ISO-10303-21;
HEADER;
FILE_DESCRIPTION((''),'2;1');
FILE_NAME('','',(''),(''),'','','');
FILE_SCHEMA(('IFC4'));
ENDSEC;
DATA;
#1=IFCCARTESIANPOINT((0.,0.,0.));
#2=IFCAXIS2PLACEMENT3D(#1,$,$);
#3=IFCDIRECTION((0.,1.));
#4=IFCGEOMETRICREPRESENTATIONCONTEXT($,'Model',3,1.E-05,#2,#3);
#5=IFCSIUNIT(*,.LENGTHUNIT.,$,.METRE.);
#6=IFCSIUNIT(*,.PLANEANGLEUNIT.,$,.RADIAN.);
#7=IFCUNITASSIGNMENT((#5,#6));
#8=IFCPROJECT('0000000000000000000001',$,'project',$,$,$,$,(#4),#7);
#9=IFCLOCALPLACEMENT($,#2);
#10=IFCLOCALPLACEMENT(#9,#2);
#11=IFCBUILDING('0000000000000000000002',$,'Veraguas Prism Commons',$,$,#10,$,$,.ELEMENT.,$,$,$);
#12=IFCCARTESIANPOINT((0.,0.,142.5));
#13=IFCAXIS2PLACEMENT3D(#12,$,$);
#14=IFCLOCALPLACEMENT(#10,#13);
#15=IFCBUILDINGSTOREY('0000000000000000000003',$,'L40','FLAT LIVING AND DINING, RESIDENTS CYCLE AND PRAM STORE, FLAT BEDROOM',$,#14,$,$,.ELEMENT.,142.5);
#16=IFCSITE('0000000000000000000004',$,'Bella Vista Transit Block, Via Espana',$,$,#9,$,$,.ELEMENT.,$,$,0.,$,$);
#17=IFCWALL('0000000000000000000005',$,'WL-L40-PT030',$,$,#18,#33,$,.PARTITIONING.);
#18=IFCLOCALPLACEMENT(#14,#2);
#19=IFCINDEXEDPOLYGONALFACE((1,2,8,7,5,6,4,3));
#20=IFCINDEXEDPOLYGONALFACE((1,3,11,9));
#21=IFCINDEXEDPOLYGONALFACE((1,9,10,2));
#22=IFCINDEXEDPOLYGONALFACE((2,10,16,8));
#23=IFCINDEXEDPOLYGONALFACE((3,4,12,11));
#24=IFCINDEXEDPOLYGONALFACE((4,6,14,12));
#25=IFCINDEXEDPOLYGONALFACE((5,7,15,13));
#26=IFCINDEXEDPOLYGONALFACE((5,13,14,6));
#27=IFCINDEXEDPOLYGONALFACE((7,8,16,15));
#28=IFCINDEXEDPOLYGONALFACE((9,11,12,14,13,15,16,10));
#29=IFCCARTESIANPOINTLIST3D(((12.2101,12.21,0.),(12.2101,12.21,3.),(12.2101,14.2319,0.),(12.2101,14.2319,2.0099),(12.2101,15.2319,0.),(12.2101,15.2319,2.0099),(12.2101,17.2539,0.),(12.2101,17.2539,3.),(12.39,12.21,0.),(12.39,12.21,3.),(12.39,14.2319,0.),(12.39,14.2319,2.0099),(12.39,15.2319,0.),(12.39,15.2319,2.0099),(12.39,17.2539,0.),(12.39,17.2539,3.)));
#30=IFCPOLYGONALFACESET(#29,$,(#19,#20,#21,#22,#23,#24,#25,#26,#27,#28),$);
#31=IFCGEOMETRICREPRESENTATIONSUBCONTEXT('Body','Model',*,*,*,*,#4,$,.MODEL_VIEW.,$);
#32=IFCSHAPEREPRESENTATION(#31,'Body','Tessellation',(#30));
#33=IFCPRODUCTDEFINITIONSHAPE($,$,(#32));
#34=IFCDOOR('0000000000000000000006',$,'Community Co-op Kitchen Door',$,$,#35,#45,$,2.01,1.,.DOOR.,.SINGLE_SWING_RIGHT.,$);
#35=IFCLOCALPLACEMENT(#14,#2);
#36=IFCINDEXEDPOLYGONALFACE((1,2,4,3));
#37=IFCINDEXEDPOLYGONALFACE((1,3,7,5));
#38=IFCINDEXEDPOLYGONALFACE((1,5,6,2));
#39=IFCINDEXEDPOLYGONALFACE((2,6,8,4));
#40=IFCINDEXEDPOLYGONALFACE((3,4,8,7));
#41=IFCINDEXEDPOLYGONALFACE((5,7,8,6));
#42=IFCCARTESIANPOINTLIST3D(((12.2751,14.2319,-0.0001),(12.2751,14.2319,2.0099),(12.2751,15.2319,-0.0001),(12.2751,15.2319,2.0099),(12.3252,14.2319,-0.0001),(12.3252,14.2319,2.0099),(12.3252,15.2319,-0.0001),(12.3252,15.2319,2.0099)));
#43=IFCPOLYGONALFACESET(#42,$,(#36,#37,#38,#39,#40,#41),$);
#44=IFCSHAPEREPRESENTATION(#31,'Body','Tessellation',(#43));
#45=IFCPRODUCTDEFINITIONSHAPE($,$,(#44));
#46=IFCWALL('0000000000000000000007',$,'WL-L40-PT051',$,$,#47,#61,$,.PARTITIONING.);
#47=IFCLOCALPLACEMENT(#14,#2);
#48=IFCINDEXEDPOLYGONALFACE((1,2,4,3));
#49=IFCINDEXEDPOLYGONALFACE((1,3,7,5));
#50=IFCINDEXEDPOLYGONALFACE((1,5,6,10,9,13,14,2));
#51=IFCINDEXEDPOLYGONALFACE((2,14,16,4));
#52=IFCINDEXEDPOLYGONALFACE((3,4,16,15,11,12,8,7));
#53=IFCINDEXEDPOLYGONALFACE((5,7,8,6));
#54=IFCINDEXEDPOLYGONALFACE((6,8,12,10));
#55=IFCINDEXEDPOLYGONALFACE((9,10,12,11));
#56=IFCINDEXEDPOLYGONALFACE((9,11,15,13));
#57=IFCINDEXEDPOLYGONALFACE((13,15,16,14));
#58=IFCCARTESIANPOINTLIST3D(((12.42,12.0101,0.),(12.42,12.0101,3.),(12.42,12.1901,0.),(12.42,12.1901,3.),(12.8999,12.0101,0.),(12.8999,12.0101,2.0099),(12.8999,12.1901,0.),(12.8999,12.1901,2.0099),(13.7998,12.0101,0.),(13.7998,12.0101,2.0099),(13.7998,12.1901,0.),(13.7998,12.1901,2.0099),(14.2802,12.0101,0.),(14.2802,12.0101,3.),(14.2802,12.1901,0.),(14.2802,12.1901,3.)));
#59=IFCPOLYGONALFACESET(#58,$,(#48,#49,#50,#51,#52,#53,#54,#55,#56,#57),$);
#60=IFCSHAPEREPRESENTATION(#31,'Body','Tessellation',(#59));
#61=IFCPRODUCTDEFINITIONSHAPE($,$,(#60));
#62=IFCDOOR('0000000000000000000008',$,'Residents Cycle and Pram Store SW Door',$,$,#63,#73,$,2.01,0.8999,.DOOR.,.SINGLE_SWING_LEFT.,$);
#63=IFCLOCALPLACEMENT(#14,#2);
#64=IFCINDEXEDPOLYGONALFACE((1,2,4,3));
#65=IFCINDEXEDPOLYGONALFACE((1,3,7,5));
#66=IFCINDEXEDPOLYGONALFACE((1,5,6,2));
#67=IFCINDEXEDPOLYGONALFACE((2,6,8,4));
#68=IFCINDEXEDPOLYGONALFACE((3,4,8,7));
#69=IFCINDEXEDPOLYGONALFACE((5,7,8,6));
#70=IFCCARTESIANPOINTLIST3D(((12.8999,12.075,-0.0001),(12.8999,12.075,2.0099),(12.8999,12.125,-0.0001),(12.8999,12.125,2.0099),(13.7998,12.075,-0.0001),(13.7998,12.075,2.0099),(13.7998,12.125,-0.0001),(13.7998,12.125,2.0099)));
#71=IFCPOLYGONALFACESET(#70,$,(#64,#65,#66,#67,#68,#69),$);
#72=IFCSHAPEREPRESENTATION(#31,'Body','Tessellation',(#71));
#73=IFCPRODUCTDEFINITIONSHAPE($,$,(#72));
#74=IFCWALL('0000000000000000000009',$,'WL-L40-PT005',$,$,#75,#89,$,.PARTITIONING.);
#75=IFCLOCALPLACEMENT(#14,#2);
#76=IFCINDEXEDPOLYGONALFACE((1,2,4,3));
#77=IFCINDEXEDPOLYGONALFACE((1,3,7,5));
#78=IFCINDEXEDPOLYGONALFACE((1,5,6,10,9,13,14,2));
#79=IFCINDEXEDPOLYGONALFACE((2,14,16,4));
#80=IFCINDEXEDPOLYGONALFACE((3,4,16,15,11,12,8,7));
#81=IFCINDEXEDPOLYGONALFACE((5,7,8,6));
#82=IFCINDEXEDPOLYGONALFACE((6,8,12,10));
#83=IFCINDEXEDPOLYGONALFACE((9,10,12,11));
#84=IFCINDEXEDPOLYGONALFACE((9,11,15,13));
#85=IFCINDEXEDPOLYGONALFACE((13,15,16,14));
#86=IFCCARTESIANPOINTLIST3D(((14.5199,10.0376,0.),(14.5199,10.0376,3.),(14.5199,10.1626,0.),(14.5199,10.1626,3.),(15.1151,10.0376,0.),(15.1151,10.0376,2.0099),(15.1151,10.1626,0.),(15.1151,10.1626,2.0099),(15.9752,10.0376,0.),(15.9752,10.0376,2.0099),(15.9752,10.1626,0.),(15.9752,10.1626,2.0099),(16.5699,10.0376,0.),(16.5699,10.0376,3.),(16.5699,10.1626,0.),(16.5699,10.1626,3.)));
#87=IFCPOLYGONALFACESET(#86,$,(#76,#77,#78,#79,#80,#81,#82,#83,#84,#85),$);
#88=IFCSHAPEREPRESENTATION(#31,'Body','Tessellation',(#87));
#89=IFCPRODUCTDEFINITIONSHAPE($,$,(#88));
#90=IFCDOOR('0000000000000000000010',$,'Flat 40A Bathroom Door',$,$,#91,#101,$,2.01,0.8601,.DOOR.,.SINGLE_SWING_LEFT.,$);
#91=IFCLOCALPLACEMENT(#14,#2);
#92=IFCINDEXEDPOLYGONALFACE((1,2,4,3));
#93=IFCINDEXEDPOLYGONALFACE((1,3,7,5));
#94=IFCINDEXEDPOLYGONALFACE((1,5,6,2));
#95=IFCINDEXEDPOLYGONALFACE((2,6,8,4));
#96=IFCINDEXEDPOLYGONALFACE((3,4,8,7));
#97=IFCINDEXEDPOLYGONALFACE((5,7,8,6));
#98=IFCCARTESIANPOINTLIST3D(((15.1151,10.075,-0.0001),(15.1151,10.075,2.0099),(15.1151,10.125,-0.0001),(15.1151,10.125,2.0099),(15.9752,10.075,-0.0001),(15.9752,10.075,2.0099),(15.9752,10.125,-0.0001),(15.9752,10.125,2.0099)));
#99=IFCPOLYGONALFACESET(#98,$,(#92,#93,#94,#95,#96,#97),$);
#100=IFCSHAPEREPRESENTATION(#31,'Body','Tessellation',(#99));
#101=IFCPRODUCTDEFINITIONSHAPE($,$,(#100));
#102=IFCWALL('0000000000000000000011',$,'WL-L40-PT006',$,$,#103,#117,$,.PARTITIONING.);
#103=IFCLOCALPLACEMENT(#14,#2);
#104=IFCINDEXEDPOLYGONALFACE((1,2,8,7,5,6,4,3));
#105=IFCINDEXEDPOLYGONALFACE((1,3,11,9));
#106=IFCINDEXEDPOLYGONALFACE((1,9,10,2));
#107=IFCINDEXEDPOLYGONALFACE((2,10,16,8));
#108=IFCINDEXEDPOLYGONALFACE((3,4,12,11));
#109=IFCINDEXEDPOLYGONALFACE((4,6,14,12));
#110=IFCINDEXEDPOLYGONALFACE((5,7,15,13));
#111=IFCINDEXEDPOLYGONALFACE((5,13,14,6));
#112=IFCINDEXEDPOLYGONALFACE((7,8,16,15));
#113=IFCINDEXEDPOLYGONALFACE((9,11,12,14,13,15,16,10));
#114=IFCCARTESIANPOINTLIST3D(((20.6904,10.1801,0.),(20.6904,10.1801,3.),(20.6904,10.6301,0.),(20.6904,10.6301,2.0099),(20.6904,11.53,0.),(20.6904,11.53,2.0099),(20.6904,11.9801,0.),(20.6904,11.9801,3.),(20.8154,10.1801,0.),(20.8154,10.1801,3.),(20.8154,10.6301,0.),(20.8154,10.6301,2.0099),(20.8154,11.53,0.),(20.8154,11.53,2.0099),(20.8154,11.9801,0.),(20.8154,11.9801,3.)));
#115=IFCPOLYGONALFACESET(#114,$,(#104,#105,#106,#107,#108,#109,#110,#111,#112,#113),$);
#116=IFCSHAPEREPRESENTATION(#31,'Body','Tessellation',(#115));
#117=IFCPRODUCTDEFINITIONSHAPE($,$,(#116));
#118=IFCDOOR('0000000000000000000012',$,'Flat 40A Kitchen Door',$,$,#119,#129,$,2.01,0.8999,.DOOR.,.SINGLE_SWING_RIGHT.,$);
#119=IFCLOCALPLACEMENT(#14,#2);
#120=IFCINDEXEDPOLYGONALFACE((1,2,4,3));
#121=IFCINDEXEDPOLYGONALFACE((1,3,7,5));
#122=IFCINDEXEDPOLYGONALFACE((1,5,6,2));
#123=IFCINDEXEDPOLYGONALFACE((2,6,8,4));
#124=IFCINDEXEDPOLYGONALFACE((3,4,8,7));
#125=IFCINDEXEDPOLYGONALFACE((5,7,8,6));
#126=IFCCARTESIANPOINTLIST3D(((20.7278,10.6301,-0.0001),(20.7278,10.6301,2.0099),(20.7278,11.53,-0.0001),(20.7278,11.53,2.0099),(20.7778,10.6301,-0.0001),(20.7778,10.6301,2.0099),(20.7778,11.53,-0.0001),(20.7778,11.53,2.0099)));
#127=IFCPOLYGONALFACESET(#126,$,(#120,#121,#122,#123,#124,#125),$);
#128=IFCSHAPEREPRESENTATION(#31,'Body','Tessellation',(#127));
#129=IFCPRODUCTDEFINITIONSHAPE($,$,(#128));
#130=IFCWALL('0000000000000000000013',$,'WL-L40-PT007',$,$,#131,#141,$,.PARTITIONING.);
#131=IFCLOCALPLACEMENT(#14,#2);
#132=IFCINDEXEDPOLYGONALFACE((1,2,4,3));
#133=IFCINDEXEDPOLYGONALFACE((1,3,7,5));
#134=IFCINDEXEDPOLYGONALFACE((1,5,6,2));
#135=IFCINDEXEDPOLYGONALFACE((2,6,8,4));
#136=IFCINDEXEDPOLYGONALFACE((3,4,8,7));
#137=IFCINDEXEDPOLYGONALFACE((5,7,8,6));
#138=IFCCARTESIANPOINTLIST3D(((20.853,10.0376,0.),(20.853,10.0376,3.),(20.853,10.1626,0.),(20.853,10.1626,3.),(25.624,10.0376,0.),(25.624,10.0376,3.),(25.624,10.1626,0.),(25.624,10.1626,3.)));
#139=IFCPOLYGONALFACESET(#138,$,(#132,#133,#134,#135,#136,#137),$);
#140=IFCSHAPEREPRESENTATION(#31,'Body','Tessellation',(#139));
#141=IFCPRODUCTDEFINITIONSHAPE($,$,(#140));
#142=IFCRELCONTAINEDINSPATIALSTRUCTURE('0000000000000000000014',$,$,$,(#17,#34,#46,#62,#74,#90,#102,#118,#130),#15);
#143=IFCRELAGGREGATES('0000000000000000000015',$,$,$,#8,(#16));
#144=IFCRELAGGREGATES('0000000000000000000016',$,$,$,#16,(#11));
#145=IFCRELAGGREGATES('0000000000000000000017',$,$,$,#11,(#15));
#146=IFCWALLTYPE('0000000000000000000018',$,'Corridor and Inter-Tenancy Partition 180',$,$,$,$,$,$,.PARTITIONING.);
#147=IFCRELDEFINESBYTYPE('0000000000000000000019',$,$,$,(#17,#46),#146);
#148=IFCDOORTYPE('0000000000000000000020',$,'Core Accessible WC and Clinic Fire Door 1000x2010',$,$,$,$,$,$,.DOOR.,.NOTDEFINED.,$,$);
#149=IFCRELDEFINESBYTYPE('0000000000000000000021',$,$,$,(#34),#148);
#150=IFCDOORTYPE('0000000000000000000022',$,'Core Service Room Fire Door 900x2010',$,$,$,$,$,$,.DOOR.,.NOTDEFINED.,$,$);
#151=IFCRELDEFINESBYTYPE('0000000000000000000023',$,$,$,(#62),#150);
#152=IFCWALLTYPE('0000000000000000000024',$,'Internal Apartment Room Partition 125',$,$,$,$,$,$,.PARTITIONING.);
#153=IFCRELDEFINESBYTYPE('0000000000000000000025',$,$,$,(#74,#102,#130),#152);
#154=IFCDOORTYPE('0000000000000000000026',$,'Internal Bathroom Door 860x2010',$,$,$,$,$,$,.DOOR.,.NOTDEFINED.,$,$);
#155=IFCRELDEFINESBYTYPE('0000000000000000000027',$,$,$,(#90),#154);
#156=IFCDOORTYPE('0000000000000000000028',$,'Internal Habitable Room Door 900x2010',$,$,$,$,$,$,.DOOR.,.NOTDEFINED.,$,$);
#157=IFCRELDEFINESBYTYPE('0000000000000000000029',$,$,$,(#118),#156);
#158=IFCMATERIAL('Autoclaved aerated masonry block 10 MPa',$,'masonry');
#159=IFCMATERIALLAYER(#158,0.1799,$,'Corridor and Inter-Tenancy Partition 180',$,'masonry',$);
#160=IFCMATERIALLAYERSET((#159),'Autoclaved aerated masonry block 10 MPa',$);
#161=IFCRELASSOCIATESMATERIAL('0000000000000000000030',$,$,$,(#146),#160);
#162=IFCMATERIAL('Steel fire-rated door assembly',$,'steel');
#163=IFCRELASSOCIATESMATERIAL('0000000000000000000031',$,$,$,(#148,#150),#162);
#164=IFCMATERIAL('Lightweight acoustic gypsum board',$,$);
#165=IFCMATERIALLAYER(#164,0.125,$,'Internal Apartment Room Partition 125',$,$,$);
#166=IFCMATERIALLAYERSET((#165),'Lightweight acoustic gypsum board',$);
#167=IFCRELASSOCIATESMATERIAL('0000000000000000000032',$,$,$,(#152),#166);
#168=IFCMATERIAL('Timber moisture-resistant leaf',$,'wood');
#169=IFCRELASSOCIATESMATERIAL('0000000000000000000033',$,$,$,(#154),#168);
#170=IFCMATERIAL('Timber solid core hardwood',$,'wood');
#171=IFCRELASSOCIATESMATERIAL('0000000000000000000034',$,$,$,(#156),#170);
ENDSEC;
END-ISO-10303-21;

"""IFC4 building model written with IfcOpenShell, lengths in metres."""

from ifc_helpers import new_model, si_unit, direction, frame, frame_2d, origin, place, context, subcontext, project, spatial, rectangle, extrude, source, transform, mapped, material, layer, layer_set, type_object, element, fill, save


model = new_model("IFC4")

# Units and contexts
model_context = context("Model", 3, precision=1e-05, world=origin(), true_north=direction((0.0, 1.0)))
body_context = subcontext(model_context, "Body", "Model", "MODEL_VIEW")
ifc_project = project(units=[si_unit("LENGTHUNIT", "METRE"), si_unit("PLANEANGLEUNIT", "RADIAN")], contexts=[model_context])

# Site, building, storey
site_placement = place(None, origin())
site = spatial("IfcSite", under=ifc_project, at=site_placement, Name="Bella Vista Transit Block, Via Espana", CompositionType="ELEMENT", RefElevation=0.0)
building_placement = place(site_placement, origin())
building = spatial("IfcBuilding", under=site, at=building_placement, Name="Veraguas Prism Commons", CompositionType="ELEMENT")
storey_placement = place(building_placement, frame((0.0, 0.0, 142.5)))
storey = spatial("IfcBuildingStorey", under=building, at=storey_placement, Name="L40", Description="FLAT LIVING AND DINING, RESIDENTS CYCLE AND PRAM STORE, FLAT BEDROOM", CompositionType="ELEMENT", Elevation=142.5)

# Shared definitions
ifc_material_1 = material(Name="Autoclaved aerated masonry block 10 MPa", Category="masonry")
ifc_layer_1 = layer(ifc_material_1, 0.1799, Name="Corridor and Inter-Tenancy Partition 180", Category="masonry")
ifc_layer_set_1 = layer_set([ifc_layer_1], Name="Autoclaved aerated masonry block 10 MPa")
wall_type_1 = type_object("IfcWallType", Name="Corridor and Inter-Tenancy Partition 180", PredefinedType="PARTITIONING", material=ifc_layer_set_1)

# Walls, openings, doors
wall_1_placement = place(storey_placement, frame((12.3, 12.21, 0.0), z_axis=(0.0, 0.0, 1.0), x_axis=(0.0, 1.0, 0.0)))
wall_1 = element("IfcWall", 1, at=wall_1_placement, inside=storey, type_object=wall_type_1, Name="WL-L40-PT030", PredefinedType="PARTITIONING", context=body_context, shape_type="SweptSolid", body=[
    extrude(rectangle(XDim=5.0439, YDim=0.1799, at=frame_2d((2.522, 0.0))), origin(), (0.0, 0.0, 1.0), 3.0),
])
opening_1_placement = place(wall_1_placement, frame((2.022, 0.0, 0.0)))
opening_1 = element("IfcOpeningElement", 2, at=opening_1_placement, cuts=wall_1, PredefinedType="OPENING", context=body_context, shape_type="SweptSolid", body=[
    extrude(rectangle(XDim=1.0, YDim=2.01, at=frame_2d((0.5, 1.0049))), frame((0.0, 0.0999, 0.0), z_axis=(0.0, -1.0, 0.0), x_axis=(1.0, 0.0, 0.0)), (0.0, 0.0, 1.0), 0.2),
])
ifc_material_2 = material(Name="Steel fire-rated door assembly", Category="steel")
door_type_1 = type_object("IfcDoorType", Name="Core Accessible WC and Clinic Fire Door 1000x2010", OperationType="NOTDEFINED", PredefinedType="DOOR", material=ifc_material_2)
shared_shape_1 = source(origin(), body_context, "Body", "SweptSolid", [
    extrude(rectangle(XDim=1.0, YDim=2.01, at=frame_2d((0.5, 1.0049))), frame((0.0, 0.0249, 0.0), z_axis=(0.0, -1.0, 0.0), x_axis=(1.0, 0.0, 0.0)), (0.0, 0.0, 1.0), 0.05),
])
door_1_placement = place(opening_1_placement, origin())
door_1 = element("IfcDoor", 3, at=door_1_placement, inside=storey, type_object=door_type_1, Name="Community Co-op Kitchen Door", OperationType="SINGLE_SWING_RIGHT", OverallHeight=2.01, OverallWidth=1.0, PredefinedType="DOOR", context=body_context, shape_type="MappedRepresentation", body=[
    mapped(shared_shape_1, transform((0.0, 0.0, 0.0), scale=1.0)),
])
fill(opening_1, door_1)
wall_2_placement = place(storey_placement, frame((12.4199, 12.1001, 0.0), z_axis=(0.0, 0.0, 1.0), x_axis=(1.0, 0.0, 0.0)))
wall_2 = element("IfcWall", 4, at=wall_2_placement, inside=storey, type_object=wall_type_1, Name="WL-L40-PT051", PredefinedType="PARTITIONING", context=body_context, shape_type="SweptSolid", body=[
    extrude(rectangle(XDim=1.8601, YDim=0.1799, at=frame_2d((0.9302, 0.0))), origin(), (0.0, 0.0, 1.0), 3.0),
])
opening_2_placement = place(wall_2_placement, frame((0.48, 0.0, 0.0)))
opening_2 = element("IfcOpeningElement", 5, at=opening_2_placement, cuts=wall_2, PredefinedType="OPENING", context=body_context, shape_type="SweptSolid", body=[
    extrude(rectangle(XDim=0.8999, YDim=2.01, at=frame_2d((0.45, 1.0049))), frame((0.0, 0.0999, 0.0), z_axis=(0.0, -1.0, 0.0), x_axis=(1.0, 0.0, 0.0)), (0.0, 0.0, 1.0), 0.2),
])
door_type_2 = type_object("IfcDoorType", Name="Core Service Room Fire Door 900x2010", OperationType="NOTDEFINED", PredefinedType="DOOR", material=ifc_material_2)
shared_shape_2 = source(origin(), body_context, "Body", "SweptSolid", [
    extrude(rectangle(XDim=0.8999, YDim=2.01, at=frame_2d((0.45, 1.0049))), frame((0.0, 0.0249, 0.0), z_axis=(0.0, -1.0, 0.0), x_axis=(1.0, 0.0, 0.0)), (0.0, 0.0, 1.0), 0.05),
])
door_2_placement = place(opening_2_placement, origin())
door_2 = element("IfcDoor", 6, at=door_2_placement, inside=storey, type_object=door_type_2, Name="Residents Cycle and Pram Store SW Door", OperationType="SINGLE_SWING_LEFT", OverallHeight=2.01, OverallWidth=0.8999, PredefinedType="DOOR", context=body_context, shape_type="MappedRepresentation", body=[
    mapped(shared_shape_2, transform((0.0, 0.0, 0.0), scale=1.0)),
])
fill(opening_2, door_2)
ifc_material_3 = material(Name="Lightweight acoustic gypsum board")
ifc_layer_2 = layer(ifc_material_3, 0.125, Name="Internal Apartment Room Partition 125")
ifc_layer_set_2 = layer_set([ifc_layer_2], Name="Lightweight acoustic gypsum board")
wall_type_2 = type_object("IfcWallType", Name="Internal Apartment Room Partition 125", PredefinedType="PARTITIONING", material=ifc_layer_set_2)
wall_3_placement = place(storey_placement, frame((14.52, 10.1001, 0.0), z_axis=(0.0, 0.0, 1.0), x_axis=(1.0, 0.0, 0.0)))
wall_3 = element("IfcWall", 7, at=wall_3_placement, inside=storey, type_object=wall_type_2, Name="WL-L40-PT005", PredefinedType="PARTITIONING", context=body_context, shape_type="SweptSolid", body=[
    extrude(rectangle(XDim=2.05, YDim=0.125, at=frame_2d((1.0249, 0.0))), origin(), (0.0, 0.0, 1.0), 3.0),
])
opening_3_placement = place(wall_3_placement, frame((0.595, 0.0, 0.0)))
opening_3 = element("IfcOpeningElement", 8, at=opening_3_placement, cuts=wall_3, PredefinedType="OPENING", context=body_context, shape_type="SweptSolid", body=[
    extrude(rectangle(XDim=0.8601, YDim=2.01, at=frame_2d((0.4302, 1.0049))), frame((0.0, 0.0725, 0.0), z_axis=(0.0, -1.0, 0.0), x_axis=(1.0, 0.0, 0.0)), (0.0, 0.0, 1.0), 0.145),
])
ifc_material_4 = material(Name="Timber moisture-resistant leaf", Category="wood")
door_type_3 = type_object("IfcDoorType", Name="Internal Bathroom Door 860x2010", OperationType="NOTDEFINED", PredefinedType="DOOR", material=ifc_material_4)
shared_shape_3 = source(origin(), body_context, "Body", "SweptSolid", [
    extrude(rectangle(XDim=0.8601, YDim=2.01, at=frame_2d((0.4302, 1.0049))), frame((0.0, 0.0249, 0.0), z_axis=(0.0, -1.0, 0.0), x_axis=(1.0, 0.0, 0.0)), (0.0, 0.0, 1.0), 0.05),
])
door_3_placement = place(opening_3_placement, origin())
door_3 = element("IfcDoor", 9, at=door_3_placement, inside=storey, type_object=door_type_3, Name="Flat 40A Bathroom Door", OperationType="SINGLE_SWING_LEFT", OverallHeight=2.01, OverallWidth=0.8601, PredefinedType="DOOR", context=body_context, shape_type="MappedRepresentation", body=[
    mapped(shared_shape_3, transform((0.0, 0.0, 0.0), scale=1.0)),
])
fill(opening_3, door_3)
wall_4_placement = place(storey_placement, frame((20.7529, 11.98, 0.0), z_axis=(0.0, 0.0, 1.0), x_axis=(0.0, -1.0, 0.0)))
wall_4 = element("IfcWall", 10, at=wall_4_placement, inside=storey, type_object=wall_type_2, Name="WL-L40-PT006", PredefinedType="PARTITIONING", context=body_context, shape_type="SweptSolid", body=[
    extrude(rectangle(XDim=1.8, YDim=0.125, at=frame_2d((0.8999, 0.0))), origin(), (0.0, 0.0, 1.0), 3.0),
])
opening_4_placement = place(wall_4_placement, frame((0.45, 0.0, 0.0)))
opening_4 = element("IfcOpeningElement", 11, at=opening_4_placement, cuts=wall_4, PredefinedType="OPENING", context=body_context, shape_type="SweptSolid", body=[
    extrude(rectangle(XDim=0.8999, YDim=2.01, at=frame_2d((0.45, 1.0049))), frame((0.0, 0.0725, 0.0), z_axis=(0.0, -1.0, 0.0), x_axis=(1.0, 0.0, 0.0)), (0.0, 0.0, 1.0), 0.145),
])
ifc_material_5 = material(Name="Timber solid core hardwood", Category="wood")
door_type_4 = type_object("IfcDoorType", Name="Internal Habitable Room Door 900x2010", OperationType="NOTDEFINED", PredefinedType="DOOR", material=ifc_material_5)
door_4_placement = place(opening_4_placement, origin())
door_4 = element("IfcDoor", 12, at=door_4_placement, inside=storey, type_object=door_type_4, Name="Flat 40A Kitchen Door", OperationType="SINGLE_SWING_RIGHT", OverallHeight=2.01, OverallWidth=0.8999, PredefinedType="DOOR", context=body_context, shape_type="MappedRepresentation", body=[
    mapped(shared_shape_2, transform((0.0, 0.0, 0.0), scale=1.0)),
])
fill(opening_4, door_4)

# Wall
wall_5_placement = place(storey_placement, frame((20.853, 10.1001, 0.0), z_axis=(0.0, 0.0, 1.0), x_axis=(1.0, 0.0, 0.0)))
element("IfcWall", 13, at=wall_5_placement, inside=storey, type_object=wall_type_2, Name="WL-L40-PT007", PredefinedType="PARTITIONING", context=body_context, shape_type="SweptSolid", body=[
    extrude(rectangle(XDim=4.771, YDim=0.125, at=frame_2d((2.3855, 0.0))), origin(), (0.0, 0.0, 1.0), 3.0),
])

save(model, "model.ifc")
